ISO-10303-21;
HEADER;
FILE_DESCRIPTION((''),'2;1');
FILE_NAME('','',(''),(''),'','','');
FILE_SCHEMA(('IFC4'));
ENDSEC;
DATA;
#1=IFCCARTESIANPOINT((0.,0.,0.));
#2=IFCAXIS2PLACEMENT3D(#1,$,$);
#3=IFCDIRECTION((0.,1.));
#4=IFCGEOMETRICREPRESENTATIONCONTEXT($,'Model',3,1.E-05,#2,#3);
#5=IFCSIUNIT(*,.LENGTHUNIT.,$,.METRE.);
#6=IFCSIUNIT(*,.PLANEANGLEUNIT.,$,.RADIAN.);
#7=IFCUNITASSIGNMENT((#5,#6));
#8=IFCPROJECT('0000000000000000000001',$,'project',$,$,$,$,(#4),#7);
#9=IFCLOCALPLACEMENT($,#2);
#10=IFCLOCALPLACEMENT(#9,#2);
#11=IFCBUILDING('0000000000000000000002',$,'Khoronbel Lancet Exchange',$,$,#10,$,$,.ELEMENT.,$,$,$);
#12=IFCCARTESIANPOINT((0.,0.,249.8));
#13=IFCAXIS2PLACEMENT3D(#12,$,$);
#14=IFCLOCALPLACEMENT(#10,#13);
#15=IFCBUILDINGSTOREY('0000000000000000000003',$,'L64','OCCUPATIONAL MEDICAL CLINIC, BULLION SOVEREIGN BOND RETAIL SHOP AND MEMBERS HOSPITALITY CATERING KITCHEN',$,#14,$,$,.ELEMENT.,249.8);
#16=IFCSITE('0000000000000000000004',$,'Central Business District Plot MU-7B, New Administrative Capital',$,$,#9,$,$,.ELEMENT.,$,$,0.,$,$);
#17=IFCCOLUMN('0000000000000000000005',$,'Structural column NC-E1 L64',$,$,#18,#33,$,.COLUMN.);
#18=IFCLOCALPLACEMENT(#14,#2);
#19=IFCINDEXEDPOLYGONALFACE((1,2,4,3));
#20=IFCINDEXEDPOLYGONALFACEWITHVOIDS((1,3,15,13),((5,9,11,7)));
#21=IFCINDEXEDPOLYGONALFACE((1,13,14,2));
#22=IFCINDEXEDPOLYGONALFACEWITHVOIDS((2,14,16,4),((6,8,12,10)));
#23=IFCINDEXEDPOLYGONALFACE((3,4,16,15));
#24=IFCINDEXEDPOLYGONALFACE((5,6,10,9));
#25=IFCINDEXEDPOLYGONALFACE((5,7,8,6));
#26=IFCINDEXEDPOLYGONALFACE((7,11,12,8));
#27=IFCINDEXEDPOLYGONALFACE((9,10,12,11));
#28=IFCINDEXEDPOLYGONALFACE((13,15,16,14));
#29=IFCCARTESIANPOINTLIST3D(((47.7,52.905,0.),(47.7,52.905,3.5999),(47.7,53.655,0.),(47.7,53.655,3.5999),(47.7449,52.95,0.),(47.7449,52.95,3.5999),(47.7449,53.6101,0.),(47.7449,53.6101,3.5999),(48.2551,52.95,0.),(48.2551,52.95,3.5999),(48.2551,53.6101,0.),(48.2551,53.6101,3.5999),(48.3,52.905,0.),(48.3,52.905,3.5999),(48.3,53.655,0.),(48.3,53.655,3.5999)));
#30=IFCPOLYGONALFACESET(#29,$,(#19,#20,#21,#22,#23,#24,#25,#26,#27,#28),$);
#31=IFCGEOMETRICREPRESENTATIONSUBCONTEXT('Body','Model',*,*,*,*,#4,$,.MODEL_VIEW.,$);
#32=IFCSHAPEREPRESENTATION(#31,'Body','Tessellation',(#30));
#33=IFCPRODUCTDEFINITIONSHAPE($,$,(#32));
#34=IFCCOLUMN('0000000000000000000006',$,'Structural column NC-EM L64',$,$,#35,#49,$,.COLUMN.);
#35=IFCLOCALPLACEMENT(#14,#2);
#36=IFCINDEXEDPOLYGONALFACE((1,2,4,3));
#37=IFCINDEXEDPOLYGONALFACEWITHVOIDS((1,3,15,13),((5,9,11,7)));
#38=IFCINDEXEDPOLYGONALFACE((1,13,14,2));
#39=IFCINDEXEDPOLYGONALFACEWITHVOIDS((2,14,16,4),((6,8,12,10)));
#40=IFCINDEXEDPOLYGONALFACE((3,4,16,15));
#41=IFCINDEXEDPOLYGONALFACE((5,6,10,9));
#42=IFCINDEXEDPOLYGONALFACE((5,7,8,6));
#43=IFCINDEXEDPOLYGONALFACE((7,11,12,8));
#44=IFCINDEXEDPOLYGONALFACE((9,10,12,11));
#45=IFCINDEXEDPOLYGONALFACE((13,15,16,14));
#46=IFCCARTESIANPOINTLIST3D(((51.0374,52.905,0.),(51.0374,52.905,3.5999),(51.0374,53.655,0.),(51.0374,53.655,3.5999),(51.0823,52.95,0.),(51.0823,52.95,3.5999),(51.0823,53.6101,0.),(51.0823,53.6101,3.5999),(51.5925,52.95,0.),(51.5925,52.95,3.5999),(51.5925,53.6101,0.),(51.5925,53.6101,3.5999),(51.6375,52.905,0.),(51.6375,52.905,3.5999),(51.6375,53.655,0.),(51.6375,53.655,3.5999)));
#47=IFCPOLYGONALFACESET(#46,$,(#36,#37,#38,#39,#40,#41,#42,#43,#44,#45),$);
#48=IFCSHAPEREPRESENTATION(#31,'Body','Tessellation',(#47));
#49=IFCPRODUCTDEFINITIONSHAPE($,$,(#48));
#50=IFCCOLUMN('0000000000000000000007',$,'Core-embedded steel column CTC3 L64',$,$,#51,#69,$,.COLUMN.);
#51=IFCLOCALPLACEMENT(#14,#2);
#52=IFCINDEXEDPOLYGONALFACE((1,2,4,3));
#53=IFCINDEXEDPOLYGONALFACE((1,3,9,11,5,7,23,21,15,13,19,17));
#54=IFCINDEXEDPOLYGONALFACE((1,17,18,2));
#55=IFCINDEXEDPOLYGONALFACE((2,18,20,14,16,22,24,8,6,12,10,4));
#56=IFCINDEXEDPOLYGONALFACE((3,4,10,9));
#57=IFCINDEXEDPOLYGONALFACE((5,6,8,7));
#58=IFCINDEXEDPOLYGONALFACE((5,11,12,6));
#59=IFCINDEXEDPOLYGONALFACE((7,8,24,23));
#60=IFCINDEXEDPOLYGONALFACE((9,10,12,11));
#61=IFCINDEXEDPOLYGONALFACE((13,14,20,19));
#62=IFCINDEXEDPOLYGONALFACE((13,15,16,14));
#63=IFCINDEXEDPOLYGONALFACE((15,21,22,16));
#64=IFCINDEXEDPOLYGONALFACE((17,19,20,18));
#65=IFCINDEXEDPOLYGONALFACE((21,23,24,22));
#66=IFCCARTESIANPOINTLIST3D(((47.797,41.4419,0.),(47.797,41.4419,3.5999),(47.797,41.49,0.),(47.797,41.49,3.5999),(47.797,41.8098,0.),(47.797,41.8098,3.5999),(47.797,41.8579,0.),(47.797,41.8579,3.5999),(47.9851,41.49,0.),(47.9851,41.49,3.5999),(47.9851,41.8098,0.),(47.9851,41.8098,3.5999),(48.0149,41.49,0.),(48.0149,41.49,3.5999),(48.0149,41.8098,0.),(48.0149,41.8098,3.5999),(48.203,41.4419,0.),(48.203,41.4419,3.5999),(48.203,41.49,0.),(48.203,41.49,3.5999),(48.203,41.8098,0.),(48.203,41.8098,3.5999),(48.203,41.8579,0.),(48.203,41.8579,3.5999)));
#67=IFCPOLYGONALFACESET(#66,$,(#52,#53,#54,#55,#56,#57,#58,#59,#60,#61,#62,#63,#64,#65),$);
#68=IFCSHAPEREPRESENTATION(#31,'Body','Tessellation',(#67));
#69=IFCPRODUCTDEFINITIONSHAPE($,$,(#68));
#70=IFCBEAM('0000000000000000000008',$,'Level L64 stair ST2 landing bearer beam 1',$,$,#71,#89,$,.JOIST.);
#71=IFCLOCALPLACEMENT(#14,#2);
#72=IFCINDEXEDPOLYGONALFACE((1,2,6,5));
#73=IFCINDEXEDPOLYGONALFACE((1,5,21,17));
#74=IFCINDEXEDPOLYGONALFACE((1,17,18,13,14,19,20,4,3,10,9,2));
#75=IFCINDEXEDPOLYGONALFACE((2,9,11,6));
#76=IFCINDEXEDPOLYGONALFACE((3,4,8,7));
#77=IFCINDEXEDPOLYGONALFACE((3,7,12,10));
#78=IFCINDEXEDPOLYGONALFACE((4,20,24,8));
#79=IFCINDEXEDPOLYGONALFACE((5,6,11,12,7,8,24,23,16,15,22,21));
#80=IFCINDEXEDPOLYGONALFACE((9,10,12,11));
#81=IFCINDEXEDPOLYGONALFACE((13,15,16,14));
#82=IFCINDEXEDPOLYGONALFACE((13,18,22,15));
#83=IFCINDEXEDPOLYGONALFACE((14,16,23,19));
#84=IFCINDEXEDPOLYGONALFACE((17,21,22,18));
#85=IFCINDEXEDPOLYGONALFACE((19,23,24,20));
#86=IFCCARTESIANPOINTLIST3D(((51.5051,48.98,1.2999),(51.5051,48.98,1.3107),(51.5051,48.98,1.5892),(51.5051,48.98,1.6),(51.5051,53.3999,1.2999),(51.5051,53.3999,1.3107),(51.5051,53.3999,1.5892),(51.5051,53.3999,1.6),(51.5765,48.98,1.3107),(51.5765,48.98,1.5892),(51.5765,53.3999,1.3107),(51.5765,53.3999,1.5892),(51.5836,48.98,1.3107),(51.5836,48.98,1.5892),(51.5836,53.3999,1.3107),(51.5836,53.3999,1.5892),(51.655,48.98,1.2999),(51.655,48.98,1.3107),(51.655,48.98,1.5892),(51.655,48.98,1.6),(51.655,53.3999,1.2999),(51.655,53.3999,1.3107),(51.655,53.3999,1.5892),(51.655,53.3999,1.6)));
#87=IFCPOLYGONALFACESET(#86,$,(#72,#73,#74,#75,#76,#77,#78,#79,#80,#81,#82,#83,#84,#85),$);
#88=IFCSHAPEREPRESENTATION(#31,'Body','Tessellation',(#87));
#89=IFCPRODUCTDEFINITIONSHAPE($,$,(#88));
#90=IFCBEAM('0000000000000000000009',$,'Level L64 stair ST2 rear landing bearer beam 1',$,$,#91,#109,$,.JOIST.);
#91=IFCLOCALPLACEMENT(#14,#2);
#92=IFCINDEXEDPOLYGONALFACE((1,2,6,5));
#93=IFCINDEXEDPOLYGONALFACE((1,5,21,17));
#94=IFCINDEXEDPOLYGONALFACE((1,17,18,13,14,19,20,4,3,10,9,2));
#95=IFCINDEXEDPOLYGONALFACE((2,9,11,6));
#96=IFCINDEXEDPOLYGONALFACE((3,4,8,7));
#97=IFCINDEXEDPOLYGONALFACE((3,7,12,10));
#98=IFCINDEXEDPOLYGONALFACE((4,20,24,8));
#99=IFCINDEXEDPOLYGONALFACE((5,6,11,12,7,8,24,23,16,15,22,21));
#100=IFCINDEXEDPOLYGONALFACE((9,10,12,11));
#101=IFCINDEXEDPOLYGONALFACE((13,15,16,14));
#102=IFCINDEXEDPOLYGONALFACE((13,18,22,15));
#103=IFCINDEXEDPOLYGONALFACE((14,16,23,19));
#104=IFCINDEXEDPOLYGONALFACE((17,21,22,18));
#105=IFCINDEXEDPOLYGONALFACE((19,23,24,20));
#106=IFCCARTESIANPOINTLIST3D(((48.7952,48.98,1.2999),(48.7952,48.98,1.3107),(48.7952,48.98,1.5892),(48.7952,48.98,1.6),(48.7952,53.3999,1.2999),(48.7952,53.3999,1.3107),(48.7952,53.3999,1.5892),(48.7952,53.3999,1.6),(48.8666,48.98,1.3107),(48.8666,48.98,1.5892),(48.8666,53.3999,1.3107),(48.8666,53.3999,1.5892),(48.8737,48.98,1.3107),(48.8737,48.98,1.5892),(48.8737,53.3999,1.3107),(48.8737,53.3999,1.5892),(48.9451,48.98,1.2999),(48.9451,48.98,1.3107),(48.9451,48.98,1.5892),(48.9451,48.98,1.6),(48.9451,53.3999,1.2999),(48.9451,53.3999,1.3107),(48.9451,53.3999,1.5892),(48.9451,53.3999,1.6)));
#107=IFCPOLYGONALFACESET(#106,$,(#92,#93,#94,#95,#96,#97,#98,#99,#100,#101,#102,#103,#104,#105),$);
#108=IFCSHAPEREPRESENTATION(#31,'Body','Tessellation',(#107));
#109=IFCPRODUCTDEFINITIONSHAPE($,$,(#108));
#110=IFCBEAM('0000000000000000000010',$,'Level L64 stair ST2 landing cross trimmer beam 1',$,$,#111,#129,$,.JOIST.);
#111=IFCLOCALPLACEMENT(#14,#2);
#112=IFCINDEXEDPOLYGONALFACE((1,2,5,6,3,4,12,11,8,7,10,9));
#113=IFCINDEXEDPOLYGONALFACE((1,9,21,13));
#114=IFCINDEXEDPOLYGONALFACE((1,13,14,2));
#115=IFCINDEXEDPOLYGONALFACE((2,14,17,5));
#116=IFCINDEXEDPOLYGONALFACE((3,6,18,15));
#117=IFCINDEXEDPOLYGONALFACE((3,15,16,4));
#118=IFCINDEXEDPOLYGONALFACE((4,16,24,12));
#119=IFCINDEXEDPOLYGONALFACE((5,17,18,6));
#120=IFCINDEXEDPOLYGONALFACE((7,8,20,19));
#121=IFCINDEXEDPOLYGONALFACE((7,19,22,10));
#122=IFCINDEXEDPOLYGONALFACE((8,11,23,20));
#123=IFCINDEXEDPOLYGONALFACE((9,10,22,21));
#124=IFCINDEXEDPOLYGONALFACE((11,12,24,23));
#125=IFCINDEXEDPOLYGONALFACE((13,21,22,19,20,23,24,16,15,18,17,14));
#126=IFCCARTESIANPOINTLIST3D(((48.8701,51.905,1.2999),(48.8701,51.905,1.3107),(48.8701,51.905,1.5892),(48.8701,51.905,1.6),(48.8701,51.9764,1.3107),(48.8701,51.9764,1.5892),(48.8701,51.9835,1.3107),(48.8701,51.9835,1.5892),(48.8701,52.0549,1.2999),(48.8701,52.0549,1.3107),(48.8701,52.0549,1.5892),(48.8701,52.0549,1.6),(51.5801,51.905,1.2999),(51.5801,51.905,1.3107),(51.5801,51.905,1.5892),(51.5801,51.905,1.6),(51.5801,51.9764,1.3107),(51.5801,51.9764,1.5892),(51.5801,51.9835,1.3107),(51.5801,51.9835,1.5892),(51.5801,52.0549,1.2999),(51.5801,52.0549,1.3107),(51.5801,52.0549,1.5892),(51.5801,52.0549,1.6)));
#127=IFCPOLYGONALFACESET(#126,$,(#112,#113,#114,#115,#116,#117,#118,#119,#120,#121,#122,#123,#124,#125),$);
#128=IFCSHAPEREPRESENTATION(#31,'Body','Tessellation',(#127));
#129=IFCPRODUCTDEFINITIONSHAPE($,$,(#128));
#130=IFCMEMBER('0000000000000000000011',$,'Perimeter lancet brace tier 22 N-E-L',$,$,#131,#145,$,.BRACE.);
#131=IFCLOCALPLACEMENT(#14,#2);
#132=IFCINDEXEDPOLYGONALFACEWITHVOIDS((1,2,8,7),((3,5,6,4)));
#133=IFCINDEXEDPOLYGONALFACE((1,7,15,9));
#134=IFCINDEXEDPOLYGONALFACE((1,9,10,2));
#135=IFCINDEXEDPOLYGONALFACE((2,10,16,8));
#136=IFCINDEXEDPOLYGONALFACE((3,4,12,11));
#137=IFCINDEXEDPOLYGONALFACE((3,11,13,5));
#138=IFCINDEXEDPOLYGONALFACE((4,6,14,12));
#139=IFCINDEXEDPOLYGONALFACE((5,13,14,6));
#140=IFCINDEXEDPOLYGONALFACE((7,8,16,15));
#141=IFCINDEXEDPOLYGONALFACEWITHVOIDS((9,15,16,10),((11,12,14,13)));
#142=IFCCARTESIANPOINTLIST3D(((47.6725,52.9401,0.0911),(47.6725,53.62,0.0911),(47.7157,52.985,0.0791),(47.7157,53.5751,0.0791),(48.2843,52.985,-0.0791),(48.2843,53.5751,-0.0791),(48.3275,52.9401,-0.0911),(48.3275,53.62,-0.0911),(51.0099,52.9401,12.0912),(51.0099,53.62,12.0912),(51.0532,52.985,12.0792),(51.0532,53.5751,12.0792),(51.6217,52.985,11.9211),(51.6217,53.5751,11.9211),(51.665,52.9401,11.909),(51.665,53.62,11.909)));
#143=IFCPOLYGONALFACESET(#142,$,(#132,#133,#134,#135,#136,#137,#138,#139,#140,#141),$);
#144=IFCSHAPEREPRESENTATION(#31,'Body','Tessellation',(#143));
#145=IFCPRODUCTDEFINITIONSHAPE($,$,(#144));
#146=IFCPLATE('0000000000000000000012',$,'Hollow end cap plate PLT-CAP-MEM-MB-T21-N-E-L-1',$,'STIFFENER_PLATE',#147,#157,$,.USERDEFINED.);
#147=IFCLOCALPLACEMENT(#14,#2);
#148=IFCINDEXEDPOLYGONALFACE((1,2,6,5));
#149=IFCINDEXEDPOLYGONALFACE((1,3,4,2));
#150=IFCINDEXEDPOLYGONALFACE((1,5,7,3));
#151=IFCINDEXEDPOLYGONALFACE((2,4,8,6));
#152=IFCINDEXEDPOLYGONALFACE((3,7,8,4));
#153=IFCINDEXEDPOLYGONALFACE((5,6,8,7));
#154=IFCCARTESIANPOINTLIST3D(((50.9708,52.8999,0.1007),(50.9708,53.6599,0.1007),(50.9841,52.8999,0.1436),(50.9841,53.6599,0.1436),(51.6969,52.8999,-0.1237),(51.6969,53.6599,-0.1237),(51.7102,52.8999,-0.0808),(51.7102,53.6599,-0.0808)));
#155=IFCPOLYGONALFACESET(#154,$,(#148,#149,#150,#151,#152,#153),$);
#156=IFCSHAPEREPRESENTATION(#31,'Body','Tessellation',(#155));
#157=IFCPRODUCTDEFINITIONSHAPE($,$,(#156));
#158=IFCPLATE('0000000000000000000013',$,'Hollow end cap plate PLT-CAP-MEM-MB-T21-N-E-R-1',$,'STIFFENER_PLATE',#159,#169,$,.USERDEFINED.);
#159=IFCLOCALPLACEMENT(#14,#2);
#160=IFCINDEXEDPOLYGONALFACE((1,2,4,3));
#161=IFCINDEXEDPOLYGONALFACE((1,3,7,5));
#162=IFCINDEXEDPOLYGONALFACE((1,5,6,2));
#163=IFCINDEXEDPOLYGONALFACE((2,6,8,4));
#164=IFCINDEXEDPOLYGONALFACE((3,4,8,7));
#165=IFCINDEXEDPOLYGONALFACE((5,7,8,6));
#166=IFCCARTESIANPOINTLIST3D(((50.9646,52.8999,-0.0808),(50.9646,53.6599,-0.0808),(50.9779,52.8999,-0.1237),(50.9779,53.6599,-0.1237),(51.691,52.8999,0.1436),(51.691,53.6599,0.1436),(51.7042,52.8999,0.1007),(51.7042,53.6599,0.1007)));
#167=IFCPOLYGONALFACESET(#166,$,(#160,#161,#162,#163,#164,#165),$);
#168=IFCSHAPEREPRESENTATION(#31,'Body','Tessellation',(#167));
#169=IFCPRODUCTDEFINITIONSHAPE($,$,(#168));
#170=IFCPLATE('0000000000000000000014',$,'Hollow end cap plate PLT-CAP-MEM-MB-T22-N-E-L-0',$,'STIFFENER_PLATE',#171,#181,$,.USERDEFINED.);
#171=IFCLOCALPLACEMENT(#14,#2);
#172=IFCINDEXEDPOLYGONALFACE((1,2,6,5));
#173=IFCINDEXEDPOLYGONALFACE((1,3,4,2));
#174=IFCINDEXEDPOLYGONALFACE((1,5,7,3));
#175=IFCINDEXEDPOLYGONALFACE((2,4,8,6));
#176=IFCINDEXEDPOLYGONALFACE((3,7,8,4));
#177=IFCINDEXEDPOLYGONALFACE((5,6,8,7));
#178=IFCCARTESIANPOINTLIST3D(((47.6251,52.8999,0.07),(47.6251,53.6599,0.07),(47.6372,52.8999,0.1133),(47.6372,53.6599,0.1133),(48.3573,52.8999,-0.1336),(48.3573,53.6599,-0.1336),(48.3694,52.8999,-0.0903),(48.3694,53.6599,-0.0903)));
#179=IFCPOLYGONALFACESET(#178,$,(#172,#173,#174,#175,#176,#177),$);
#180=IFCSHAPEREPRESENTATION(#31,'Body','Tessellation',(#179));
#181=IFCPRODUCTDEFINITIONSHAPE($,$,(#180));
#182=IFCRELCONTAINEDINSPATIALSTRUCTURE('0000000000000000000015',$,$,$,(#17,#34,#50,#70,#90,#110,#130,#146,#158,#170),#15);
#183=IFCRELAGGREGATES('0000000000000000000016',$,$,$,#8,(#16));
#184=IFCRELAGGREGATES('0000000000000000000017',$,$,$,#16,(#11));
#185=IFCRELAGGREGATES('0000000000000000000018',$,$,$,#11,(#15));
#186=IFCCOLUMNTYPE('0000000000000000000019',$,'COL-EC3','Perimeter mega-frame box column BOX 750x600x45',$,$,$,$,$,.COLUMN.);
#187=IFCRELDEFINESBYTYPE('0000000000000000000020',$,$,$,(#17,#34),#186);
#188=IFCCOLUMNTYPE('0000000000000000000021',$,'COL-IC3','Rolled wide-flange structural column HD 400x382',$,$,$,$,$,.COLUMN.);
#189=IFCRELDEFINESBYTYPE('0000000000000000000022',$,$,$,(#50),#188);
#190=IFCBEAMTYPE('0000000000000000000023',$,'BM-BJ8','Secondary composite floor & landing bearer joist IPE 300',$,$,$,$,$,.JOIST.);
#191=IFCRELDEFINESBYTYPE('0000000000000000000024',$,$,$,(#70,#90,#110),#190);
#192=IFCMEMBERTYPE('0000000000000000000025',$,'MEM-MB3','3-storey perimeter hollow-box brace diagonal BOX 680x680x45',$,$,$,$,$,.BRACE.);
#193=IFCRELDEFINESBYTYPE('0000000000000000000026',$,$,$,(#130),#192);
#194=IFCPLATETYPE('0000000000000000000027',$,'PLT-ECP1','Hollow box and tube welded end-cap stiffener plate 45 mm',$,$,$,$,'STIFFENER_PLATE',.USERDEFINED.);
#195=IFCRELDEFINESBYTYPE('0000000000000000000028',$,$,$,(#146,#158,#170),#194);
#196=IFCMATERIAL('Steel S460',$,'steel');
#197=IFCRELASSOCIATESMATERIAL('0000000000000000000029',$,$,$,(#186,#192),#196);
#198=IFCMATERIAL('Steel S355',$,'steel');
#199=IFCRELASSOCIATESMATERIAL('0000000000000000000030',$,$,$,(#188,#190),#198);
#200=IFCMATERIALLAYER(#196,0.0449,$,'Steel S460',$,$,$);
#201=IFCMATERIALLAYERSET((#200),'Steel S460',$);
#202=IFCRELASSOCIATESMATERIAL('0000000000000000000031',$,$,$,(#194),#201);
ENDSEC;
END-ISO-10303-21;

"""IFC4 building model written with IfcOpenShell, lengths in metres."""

from ifc_helpers import new_model, si_unit, direction, frame, origin, origin_2d, place, context, subcontext, project, spatial, polyline, hollow_rectangle, i_section, outline, extrude, material, layer, layer_set, material_profile, profile_set, type_object, element, save


model = new_model("IFC4")

# Units and contexts
model_context = context("Model", 3, precision=1e-05, world=origin(), true_north=direction((0.0, 1.0)))
body_context = subcontext(model_context, "Body", "Model", "MODEL_VIEW")
ifc_project = project(units=[si_unit("LENGTHUNIT", "METRE"), si_unit("PLANEANGLEUNIT", "RADIAN")], contexts=[model_context])

# Site, building, storey
site_placement = place(None, origin())
site = spatial("IfcSite", under=ifc_project, at=site_placement, Name="Central Business District Plot MU-7B, New Administrative Capital", CompositionType="ELEMENT", RefElevation=0.0)
building_placement = place(site_placement, origin())
building = spatial("IfcBuilding", under=site, at=building_placement, Name="Khoronbel Lancet Exchange", CompositionType="ELEMENT")
storey_placement = place(building_placement, frame((0.0, 0.0, 249.8)))
storey = spatial("IfcBuildingStorey", under=building, at=storey_placement, Name="L64", Description="OCCUPATIONAL MEDICAL CLINIC, BULLION SOVEREIGN BOND RETAIL SHOP AND MEMBERS HOSPITALITY CATERING KITCHEN", CompositionType="ELEMENT", Elevation=249.8)

# Columns
ifc_material_1 = material(Name="Steel S460", Category="steel")
ifc_material_profile_1 = material_profile(ifc_material_1, hollow_rectangle(XDim=0.6001, YDim=0.75, WallThickness=0.0449, at=origin_2d()), Name="BOX 750x600x45")
ifc_profile_set_1 = profile_set([ifc_material_profile_1], Name="Steel S460")
column_type_1 = type_object("IfcColumnType", Name="COL-EC3", Description="Perimeter mega-frame box column BOX 750x600x45", PredefinedType="COLUMN", material=ifc_profile_set_1)
for number, where, z_axis, x_axis, name in (
    (1, (48.0, 53.28, 0.0), (0.0, 0.0, 1.0), (1.0, 0.0, 0.0), "Structural column NC-E1 L64"),
    (2, (51.3374, 53.28, 0.0), (0.0, 0.0, 1.0), (1.0, 0.0, 0.0), "Structural column NC-EM L64"),
):
    element("IfcColumn", number, at=place(storey_placement, frame(where, z_axis=z_axis, x_axis=x_axis)), inside=storey, type_object=column_type_1, Name=name, PredefinedType="COLUMN", context=body_context, shape_type="SweptSolid", body=[
        extrude(hollow_rectangle(XDim=0.6001, YDim=0.75, WallThickness=0.0449, at=origin_2d()), origin(), (0.0, 0.0, 1.0), 3.5999),
    ])
ifc_material_2 = material(Name="Steel S355", Category="steel")
ifc_material_profile_2 = material_profile(ifc_material_2, i_section(OverallWidth=0.406, OverallDepth=0.416, WebThickness=0.0298, FlangeThickness=0.0481, at=origin_2d()), Name="HD 400x382")
ifc_profile_set_2 = profile_set([ifc_material_profile_2], Name="Steel S355")
column_type_2 = type_object("IfcColumnType", Name="COL-IC3", Description="Rolled wide-flange structural column HD 400x382", PredefinedType="COLUMN", material=ifc_profile_set_2)
column_placement = place(storey_placement, frame((48.0, 41.6499, 0.0), z_axis=(0.0, 0.0, 1.0), x_axis=(1.0, 0.0, 0.0)))
element("IfcColumn", 3, at=column_placement, inside=storey, type_object=column_type_2, Name="Core-embedded steel column CTC3 L64", PredefinedType="COLUMN", context=body_context, shape_type="SweptSolid", body=[
    extrude(i_section(OverallWidth=0.406, OverallDepth=0.416, WebThickness=0.0298, FlangeThickness=0.0481, at=origin_2d()), origin(), (0.0, 0.0, 1.0), 3.5999),
])

# Beams
ifc_material_profile_3 = material_profile(ifc_material_2, i_section(OverallWidth=0.1499, OverallDepth=0.3, WebThickness=0.0071, FlangeThickness=0.0107, at=origin_2d()), Name="IPE 300")
ifc_profile_set_3 = profile_set([ifc_material_profile_3], Name="Steel S355")
beam_type = type_object("IfcBeamType", Name="BM-BJ8", Description="Secondary composite floor & landing bearer joist IPE 300", PredefinedType="JOIST", material=ifc_profile_set_3)
for number, where, z_axis, x_axis, name in (
    (4, (51.5801, 48.98, 1.45), (0.0, 1.0, 0.0), (-1.0, 0.0, 0.0), "Level L64 stair ST2 landing bearer beam 1"),
    (5, (48.8701, 48.98, 1.45), (0.0, 1.0, 0.0), (-1.0, 0.0, 0.0), "Level L64 stair ST2 rear landing bearer beam 1"),
):
    element("IfcBeam", number, at=place(storey_placement, frame(where, z_axis=z_axis, x_axis=x_axis)), inside=storey, type_object=beam_type, Name=name, PredefinedType="JOIST", context=body_context, shape_type="SweptSolid", body=[
        extrude(i_section(OverallWidth=0.1499, OverallDepth=0.3, WebThickness=0.0071, FlangeThickness=0.0107, at=origin_2d()), origin(), (0.0, 0.0, 1.0), 4.4199),
    ])
beam_placement = place(storey_placement, frame((48.8701, 51.98, 1.45), z_axis=(1.0, 0.0, 0.0), x_axis=(0.0, 1.0, 0.0)))
element("IfcBeam", 6, at=beam_placement, inside=storey, type_object=beam_type, Name="Level L64 stair ST2 landing cross trimmer beam 1", PredefinedType="JOIST", context=body_context, shape_type="SweptSolid", body=[
    extrude(i_section(OverallWidth=0.1499, OverallDepth=0.3, WebThickness=0.0071, FlangeThickness=0.0107, at=origin_2d()), origin(), (0.0, 0.0, 1.0), 2.71),
])

# Member
ifc_material_profile_4 = material_profile(ifc_material_1, hollow_rectangle(XDim=0.6799, YDim=0.6799, WallThickness=0.0449, at=origin_2d()), Name="BOX 680x680x45")
ifc_profile_set_4 = profile_set([ifc_material_profile_4], Name="Steel S460")
member_type = type_object("IfcMemberType", Name="MEM-MB3", Description="3-storey perimeter hollow-box brace diagonal BOX 680x680x45", PredefinedType="BRACE", material=ifc_profile_set_4)
member_placement = place(storey_placement, frame((48.0, 53.28, 0.0), z_axis=(0.267947, 0.0, 0.963434), x_axis=(0.0, 1.0, 0.0)))
element("IfcMember", 7, at=member_placement, inside=storey, type_object=member_type, Name="Perimeter lancet brace tier 22 N-E-L", PredefinedType="BRACE", context=body_context, shape_type="SweptSolid", body=[
    extrude(hollow_rectangle(XDim=0.6799, YDim=0.6799, WallThickness=0.0449, at=origin_2d()), origin(), (0.0, 0.0, 1.0), 12.4556),
])

# Plates
ifc_layer_1 = layer(ifc_material_1, 0.0449, Name="Steel S460")
ifc_layer_set_1 = layer_set([ifc_layer_1], Name="Steel S460")
plate_type = type_object("IfcPlateType", Name="PLT-ECP1", Description="Hollow box and tube welded end-cap stiffener plate 45 mm", ElementType="STIFFENER_PLATE", PredefinedType="USERDEFINED", material=ifc_layer_set_1)
plate_1_placement = place(storey_placement, frame((51.7102, 52.8999, -0.0808), z_axis=(0.295237, 0.0, 0.955424), x_axis=(0.0, 1.0, 0.0)))
element("IfcPlate", 8, at=plate_1_placement, inside=storey, type_object=plate_type, Name="Hollow end cap plate PLT-CAP-MEM-MB-T21-N-E-L-1", ObjectType="STIFFENER_PLATE", PredefinedType="USERDEFINED", context=body_context, shape_type="SweptSolid", body=[
    extrude(outline(polyline([(0.0, 0.0), (0.76, 0.0), (0.76, 0.76), (0.0, 0.76), (0.0, 0.0)])), origin(), (0.0, 0.0, -1.0), 0.0449),
])
plate_2_placement = place(storey_placement, frame((50.9646, 53.6599, -0.0808), z_axis=(-0.295146, 0.0, 0.955452), x_axis=(0.0, -1.0, 0.0)))
element("IfcPlate", 9, at=plate_2_placement, inside=storey, type_object=plate_type, Name="Hollow end cap plate PLT-CAP-MEM-MB-T21-N-E-R-1", ObjectType="STIFFENER_PLATE", PredefinedType="USERDEFINED", context=body_context, shape_type="SweptSolid", body=[
    extrude(outline(polyline([(0.0, 0.0), (0.76, 0.0), (0.76, 0.7603), (0.0, 0.7603), (0.0, 0.0)])), origin(), (0.0, 0.0, -1.0), 0.0449),
])
plate_3_placement = place(storey_placement, frame((48.3694, 52.8999, -0.0903), z_axis=(0.267926, 0.0, 0.96344), x_axis=(0.0, 1.0, 0.0)))
element("IfcPlate", 10, at=plate_3_placement, inside=storey, type_object=plate_type, Name="Hollow end cap plate PLT-CAP-MEM-MB-T22-N-E-L-0", ObjectType="STIFFENER_PLATE", PredefinedType="USERDEFINED", context=body_context, shape_type="SweptSolid", body=[
    extrude(outline(polyline([(0.0, 0.0), (0.76, 0.0), (0.76, 0.76), (0.0, 0.76), (0.0, 0.0)])), origin(), (0.0, 0.0, -1.0), 0.0449),
])

save(model, "model.ifc")
